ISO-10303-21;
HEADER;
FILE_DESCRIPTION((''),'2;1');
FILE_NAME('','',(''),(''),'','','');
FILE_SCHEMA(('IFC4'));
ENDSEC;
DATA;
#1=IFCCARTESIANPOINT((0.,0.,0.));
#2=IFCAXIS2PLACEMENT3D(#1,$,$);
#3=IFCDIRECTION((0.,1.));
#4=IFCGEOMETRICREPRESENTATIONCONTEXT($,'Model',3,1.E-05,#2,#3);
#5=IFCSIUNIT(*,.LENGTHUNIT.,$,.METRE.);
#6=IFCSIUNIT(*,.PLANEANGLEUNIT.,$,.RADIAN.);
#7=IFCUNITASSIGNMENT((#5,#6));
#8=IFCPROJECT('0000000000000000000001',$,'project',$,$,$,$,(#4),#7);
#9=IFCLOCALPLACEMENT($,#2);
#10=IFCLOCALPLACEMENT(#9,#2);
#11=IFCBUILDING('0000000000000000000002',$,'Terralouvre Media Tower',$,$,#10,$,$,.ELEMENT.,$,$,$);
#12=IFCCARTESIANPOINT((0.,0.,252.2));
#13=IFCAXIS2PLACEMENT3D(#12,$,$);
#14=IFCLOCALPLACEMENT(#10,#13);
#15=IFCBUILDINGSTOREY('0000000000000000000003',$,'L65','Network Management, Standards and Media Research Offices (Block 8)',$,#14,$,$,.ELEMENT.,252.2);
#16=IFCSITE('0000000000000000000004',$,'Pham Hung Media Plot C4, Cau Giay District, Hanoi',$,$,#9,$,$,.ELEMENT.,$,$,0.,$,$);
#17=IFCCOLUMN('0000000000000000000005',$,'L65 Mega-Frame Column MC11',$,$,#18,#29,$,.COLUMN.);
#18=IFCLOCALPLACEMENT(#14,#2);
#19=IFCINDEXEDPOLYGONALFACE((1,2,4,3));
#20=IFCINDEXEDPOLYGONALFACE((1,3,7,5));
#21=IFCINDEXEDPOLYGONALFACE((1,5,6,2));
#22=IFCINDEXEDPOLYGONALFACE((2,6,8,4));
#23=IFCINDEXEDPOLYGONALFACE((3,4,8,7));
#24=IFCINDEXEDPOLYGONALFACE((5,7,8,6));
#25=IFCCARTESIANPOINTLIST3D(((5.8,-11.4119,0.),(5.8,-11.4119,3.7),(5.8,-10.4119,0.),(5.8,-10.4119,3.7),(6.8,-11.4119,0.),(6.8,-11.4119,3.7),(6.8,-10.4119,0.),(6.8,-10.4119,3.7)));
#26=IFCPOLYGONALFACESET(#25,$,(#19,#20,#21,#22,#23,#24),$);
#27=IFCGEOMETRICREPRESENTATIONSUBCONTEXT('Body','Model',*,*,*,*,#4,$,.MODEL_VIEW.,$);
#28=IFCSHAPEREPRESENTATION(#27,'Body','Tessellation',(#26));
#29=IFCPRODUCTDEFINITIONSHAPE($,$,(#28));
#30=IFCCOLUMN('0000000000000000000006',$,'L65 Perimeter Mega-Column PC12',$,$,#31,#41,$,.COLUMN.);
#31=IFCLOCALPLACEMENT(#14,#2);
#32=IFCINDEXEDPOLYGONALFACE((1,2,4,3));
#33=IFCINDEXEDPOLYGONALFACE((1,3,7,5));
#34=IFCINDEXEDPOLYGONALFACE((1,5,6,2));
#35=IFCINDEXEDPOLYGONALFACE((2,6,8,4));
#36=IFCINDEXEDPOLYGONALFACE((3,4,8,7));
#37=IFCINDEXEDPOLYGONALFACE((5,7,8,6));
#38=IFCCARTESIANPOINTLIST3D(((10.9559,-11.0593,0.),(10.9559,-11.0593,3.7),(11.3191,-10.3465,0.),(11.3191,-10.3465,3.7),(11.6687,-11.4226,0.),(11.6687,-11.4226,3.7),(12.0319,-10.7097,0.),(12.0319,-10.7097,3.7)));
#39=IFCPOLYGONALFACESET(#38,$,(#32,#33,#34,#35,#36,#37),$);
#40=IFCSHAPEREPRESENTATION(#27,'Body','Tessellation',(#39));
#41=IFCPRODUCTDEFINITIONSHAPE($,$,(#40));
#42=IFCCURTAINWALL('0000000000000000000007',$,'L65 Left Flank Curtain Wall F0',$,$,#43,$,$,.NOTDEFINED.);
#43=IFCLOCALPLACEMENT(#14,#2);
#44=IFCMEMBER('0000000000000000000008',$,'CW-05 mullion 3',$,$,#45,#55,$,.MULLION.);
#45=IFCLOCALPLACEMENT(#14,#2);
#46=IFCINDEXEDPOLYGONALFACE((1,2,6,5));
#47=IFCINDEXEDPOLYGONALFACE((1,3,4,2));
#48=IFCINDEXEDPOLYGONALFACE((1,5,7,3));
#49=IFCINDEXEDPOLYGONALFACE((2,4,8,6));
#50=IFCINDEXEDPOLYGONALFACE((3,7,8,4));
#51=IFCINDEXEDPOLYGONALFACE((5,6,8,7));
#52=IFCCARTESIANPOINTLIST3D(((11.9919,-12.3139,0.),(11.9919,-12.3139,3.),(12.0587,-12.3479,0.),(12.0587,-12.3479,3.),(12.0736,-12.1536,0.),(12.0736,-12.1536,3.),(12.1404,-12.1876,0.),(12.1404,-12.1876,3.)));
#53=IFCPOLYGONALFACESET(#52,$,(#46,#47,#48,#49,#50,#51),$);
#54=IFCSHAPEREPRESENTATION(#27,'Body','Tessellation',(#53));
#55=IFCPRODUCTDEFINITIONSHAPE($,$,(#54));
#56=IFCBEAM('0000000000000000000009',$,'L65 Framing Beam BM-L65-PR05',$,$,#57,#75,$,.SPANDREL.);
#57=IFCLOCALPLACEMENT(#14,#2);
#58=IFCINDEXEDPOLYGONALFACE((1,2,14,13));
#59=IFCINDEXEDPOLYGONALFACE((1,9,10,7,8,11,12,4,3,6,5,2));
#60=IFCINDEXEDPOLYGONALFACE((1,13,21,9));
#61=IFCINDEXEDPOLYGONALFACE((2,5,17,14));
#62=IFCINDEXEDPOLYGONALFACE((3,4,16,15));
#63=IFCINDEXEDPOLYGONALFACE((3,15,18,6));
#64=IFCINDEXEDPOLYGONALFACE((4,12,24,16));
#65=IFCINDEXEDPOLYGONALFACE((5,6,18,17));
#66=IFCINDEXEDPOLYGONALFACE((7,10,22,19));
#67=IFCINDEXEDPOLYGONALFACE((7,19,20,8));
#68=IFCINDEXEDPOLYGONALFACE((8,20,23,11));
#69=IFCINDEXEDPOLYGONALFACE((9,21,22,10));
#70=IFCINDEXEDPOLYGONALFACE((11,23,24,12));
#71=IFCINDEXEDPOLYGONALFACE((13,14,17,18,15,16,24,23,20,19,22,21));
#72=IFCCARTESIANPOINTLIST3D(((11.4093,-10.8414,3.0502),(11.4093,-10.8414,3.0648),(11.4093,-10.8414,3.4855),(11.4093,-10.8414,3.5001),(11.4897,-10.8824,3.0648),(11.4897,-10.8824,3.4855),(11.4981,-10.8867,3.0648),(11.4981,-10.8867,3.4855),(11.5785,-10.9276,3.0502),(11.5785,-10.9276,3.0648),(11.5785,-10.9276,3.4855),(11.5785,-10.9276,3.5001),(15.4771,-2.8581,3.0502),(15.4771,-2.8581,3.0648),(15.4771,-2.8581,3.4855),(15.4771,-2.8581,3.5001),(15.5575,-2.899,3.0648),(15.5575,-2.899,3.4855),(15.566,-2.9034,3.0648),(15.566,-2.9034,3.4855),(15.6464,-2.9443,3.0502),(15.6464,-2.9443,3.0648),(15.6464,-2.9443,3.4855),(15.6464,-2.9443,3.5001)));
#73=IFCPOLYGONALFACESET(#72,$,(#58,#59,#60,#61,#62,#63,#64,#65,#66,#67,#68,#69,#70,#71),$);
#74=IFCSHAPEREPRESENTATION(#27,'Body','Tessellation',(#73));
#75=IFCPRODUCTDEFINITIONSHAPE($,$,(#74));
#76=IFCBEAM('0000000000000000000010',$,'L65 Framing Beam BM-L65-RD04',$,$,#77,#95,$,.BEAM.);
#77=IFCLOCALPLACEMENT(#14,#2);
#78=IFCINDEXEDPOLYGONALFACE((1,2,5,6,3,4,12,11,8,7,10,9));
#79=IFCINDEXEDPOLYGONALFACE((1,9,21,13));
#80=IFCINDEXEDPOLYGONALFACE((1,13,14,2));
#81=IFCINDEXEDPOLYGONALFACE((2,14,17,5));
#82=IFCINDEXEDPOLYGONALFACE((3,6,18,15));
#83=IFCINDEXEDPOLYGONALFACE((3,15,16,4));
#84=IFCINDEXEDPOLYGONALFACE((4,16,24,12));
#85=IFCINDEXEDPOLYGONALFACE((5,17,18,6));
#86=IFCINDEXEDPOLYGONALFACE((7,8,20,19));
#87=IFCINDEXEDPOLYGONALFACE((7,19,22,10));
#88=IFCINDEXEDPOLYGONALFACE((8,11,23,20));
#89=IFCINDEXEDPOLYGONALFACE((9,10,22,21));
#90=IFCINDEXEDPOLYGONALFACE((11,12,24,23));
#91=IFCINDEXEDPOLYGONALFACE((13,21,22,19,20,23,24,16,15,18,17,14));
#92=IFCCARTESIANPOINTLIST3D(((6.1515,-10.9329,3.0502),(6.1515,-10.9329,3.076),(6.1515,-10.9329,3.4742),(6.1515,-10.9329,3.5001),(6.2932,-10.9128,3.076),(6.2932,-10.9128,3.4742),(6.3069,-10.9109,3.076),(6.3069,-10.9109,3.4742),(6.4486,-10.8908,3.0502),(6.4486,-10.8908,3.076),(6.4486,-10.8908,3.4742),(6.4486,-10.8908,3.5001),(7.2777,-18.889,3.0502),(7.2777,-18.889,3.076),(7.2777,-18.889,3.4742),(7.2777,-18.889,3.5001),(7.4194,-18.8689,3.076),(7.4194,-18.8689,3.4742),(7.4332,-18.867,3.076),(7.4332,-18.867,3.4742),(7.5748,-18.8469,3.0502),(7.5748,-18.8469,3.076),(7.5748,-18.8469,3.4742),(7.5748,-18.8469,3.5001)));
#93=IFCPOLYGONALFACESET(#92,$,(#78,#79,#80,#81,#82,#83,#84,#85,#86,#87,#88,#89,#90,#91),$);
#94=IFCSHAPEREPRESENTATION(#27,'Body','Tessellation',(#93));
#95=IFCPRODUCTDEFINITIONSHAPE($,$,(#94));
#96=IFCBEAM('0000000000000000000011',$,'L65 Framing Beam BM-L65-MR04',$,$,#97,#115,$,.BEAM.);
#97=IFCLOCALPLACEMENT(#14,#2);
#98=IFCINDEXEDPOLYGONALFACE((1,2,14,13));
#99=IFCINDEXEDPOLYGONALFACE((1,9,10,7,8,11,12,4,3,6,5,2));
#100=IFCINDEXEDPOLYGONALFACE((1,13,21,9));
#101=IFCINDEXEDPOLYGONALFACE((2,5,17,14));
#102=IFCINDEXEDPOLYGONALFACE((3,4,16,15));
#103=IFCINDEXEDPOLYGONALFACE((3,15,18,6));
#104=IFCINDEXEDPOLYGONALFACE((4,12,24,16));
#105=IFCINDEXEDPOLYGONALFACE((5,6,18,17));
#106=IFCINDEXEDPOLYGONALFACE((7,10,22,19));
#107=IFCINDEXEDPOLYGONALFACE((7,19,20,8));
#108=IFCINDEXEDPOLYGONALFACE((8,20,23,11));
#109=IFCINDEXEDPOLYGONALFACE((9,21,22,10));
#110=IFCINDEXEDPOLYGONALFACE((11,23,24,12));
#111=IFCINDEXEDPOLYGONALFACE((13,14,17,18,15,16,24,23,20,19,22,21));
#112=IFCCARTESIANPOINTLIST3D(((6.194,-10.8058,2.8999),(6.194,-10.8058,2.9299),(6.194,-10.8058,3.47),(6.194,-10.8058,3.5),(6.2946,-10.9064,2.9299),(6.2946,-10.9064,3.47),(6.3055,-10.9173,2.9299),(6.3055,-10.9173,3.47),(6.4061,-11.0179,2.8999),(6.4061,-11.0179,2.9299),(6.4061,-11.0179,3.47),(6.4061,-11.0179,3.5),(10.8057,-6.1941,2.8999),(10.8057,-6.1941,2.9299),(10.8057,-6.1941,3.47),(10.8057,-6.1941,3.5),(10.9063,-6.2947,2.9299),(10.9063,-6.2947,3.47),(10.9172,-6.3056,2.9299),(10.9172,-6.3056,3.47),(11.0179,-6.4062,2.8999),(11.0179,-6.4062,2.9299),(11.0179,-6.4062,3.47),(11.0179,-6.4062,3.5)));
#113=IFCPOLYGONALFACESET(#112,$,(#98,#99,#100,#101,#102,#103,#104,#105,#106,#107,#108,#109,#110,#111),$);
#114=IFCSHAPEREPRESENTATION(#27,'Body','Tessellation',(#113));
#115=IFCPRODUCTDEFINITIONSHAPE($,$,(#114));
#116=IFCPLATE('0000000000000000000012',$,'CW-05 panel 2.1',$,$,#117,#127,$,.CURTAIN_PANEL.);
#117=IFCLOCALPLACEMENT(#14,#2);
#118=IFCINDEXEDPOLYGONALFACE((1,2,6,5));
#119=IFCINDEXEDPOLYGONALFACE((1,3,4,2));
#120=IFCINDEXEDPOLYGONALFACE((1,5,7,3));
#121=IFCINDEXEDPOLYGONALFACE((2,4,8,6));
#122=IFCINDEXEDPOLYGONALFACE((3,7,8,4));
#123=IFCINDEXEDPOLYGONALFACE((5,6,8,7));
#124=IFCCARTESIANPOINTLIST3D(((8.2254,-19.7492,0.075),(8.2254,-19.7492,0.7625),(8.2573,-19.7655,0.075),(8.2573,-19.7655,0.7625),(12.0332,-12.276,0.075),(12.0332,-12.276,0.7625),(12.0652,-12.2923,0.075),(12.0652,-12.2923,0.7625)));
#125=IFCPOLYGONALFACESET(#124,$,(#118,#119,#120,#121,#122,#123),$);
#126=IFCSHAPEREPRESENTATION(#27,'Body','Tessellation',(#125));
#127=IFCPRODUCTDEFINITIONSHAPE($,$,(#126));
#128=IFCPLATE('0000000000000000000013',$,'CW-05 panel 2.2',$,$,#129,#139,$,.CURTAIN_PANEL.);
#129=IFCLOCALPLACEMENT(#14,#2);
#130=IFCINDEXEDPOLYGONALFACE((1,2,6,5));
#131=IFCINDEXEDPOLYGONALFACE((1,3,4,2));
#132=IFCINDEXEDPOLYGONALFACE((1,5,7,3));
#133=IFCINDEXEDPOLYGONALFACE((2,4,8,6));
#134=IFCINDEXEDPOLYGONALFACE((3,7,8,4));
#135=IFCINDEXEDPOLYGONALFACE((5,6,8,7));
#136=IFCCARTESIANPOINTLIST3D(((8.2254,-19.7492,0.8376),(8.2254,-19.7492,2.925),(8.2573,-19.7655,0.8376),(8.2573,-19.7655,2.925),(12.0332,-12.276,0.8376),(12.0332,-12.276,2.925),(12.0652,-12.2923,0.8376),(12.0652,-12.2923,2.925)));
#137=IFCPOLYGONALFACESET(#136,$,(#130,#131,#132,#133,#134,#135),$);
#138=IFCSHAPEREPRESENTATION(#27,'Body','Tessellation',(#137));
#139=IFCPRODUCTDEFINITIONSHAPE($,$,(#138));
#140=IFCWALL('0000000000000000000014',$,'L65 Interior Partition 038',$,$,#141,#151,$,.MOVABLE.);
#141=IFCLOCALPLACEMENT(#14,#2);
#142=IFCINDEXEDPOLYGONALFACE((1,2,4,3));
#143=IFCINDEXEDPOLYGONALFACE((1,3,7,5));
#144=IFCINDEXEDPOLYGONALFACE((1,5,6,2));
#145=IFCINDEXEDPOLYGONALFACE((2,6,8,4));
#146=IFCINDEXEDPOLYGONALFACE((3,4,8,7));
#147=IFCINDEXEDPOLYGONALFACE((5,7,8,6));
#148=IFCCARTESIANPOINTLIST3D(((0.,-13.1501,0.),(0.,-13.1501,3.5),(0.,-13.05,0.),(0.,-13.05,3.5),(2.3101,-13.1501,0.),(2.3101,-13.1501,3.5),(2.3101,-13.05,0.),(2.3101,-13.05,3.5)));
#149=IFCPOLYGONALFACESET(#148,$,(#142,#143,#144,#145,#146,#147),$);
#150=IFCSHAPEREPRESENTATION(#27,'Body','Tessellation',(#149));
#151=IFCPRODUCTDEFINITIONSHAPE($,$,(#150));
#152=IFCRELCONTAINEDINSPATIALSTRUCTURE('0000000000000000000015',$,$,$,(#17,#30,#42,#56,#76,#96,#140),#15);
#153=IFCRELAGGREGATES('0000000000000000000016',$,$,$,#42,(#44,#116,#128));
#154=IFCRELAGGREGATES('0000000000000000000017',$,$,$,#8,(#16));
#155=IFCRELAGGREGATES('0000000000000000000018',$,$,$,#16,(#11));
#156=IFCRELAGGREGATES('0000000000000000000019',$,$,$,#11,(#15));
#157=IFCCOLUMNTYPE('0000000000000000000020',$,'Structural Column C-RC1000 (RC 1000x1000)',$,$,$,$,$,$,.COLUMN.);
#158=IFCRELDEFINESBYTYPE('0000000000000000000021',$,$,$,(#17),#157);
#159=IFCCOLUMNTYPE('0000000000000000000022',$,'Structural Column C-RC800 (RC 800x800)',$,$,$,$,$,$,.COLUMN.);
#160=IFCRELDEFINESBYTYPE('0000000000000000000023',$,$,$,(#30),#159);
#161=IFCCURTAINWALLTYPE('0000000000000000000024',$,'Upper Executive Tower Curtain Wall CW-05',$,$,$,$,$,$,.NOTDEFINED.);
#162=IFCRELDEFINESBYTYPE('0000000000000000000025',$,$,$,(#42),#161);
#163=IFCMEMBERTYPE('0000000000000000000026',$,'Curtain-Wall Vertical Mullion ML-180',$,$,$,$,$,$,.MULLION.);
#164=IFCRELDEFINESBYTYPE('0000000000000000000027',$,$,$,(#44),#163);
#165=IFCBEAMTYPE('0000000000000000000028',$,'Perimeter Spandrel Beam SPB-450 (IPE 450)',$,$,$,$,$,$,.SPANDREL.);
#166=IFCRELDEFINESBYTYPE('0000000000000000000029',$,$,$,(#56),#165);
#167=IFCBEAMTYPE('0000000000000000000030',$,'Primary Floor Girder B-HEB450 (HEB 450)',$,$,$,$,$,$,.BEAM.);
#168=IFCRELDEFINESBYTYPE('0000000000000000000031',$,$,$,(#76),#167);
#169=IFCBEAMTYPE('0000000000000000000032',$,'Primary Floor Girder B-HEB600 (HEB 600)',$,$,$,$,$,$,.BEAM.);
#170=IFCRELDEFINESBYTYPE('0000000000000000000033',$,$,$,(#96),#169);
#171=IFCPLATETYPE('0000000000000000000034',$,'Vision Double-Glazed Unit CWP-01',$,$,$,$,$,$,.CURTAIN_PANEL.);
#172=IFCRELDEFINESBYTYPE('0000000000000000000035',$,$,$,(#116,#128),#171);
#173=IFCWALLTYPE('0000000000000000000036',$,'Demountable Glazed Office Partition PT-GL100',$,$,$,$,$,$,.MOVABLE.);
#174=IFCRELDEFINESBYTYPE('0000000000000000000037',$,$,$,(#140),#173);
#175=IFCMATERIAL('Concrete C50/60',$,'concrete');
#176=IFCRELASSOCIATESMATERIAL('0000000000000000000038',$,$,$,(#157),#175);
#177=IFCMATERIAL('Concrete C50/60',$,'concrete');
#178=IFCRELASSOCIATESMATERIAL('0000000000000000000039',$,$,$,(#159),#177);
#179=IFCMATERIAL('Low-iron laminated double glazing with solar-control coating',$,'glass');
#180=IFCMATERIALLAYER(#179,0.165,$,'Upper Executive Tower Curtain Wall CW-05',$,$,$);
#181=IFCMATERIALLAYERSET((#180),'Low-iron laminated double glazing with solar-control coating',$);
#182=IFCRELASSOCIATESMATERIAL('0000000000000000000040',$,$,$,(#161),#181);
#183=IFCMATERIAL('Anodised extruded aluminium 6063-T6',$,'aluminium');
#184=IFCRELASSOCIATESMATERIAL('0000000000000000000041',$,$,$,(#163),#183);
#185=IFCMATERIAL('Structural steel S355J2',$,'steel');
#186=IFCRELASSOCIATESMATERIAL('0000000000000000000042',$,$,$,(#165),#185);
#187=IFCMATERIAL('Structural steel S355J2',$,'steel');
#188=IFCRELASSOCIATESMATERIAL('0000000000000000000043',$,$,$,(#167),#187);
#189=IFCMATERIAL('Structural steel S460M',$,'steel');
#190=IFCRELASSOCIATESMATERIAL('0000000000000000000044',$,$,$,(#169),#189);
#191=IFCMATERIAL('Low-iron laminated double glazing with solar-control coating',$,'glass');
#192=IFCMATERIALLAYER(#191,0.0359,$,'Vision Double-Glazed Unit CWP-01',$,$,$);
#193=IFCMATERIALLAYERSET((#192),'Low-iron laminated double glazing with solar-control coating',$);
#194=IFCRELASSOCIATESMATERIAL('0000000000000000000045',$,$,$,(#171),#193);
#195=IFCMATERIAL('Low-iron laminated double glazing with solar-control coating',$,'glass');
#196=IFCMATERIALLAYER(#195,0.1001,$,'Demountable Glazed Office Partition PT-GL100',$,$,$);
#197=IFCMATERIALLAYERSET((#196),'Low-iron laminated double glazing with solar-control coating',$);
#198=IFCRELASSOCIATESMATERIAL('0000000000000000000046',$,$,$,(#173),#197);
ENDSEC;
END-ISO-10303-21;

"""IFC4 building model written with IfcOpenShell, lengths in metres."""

from ifc_helpers import new_model, si_unit, direction, frame, frame_2d, origin, origin_2d, place, context, subcontext, project, spatial, rectangle, i_section, extrude, material, layer, layer_set, material_profile, profile_set, type_object, element, aggregate, save


model = new_model("IFC4")

# Units and contexts
model_context = context("Model", 3, precision=1e-05, world=origin(), true_north=direction((0.0, 1.0)))
body_context = subcontext(model_context, "Body", "Model", "MODEL_VIEW")
ifc_project = project(units=[si_unit("LENGTHUNIT", "METRE"), si_unit("PLANEANGLEUNIT", "RADIAN")], contexts=[model_context])

# Site, building, storey
site_placement = place(None, origin())
site = spatial("IfcSite", under=ifc_project, at=site_placement, Name="Pham Hung Media Plot C4, Cau Giay District, Hanoi", CompositionType="ELEMENT", RefElevation=0.0)
building_placement = place(site_placement, origin())
building = spatial("IfcBuilding", under=site, at=building_placement, Name="Terralouvre Media Tower", CompositionType="ELEMENT")
storey_placement = place(building_placement, frame((0.0, 0.0, 252.2)))
storey = spatial("IfcBuildingStorey", under=building, at=storey_placement, Name="L65", Description="Network Management, Standards and Media Research Offices (Block 8)", CompositionType="ELEMENT", Elevation=252.2)

# Columns
ifc_material_1 = material(Name="Concrete C50/60", Category="concrete")
ifc_material_profile_1 = material_profile(ifc_material_1, rectangle(XDim=1.0, YDim=1.0, at=origin_2d()), Name="RC 1000x1000")
ifc_profile_set_1 = profile_set([ifc_material_profile_1], Name="Concrete C50/60")
column_type_1 = type_object("IfcColumnType", Name="Structural Column C-RC1000 (RC 1000x1000)", PredefinedType="COLUMN", material=ifc_profile_set_1)
column_1_placement = place(storey_placement, frame((6.3, -10.9119, 0.0), z_axis=(0.0, 0.0, 1.0), x_axis=(1.0, 0.0, 0.0)))
element("IfcColumn", 1, at=column_1_placement, inside=storey, type_object=column_type_1, Name="L65 Mega-Frame Column MC11", PredefinedType="COLUMN", context=body_context, shape_type="SweptSolid", body=[
    extrude(rectangle(XDim=1.0, YDim=1.0, at=origin_2d()), origin(), (0.0, 0.0, 1.0), 3.7),
])
ifc_material_2 = material(Name="Concrete C50/60", Category="concrete")
ifc_material_profile_2 = material_profile(ifc_material_2, rectangle(XDim=0.8, YDim=0.8, at=origin_2d()), Name="RC 800x800")
ifc_profile_set_2 = profile_set([ifc_material_profile_2], Name="Concrete C50/60")
column_type_2 = type_object("IfcColumnType", Name="Structural Column C-RC800 (RC 800x800)", PredefinedType="COLUMN", material=ifc_profile_set_2)
column_2_placement = place(storey_placement, frame((11.4939, -10.8845, 0.0), z_axis=(0.0, 0.0, 1.0), x_axis=(0.45399, 0.891007, 0.0)))
element("IfcColumn", 2, at=column_2_placement, inside=storey, type_object=column_type_2, Name="L65 Perimeter Mega-Column PC12", PredefinedType="COLUMN", context=body_context, shape_type="SweptSolid", body=[
    extrude(rectangle(XDim=0.8, YDim=0.8, at=origin_2d()), origin(), (0.0, 0.0, 1.0), 3.7),
])

# Curtain wall, member
ifc_material_3 = material(Name="Low-iron laminated double glazing with solar-control coating", Category="glass")
ifc_layer_1 = layer(ifc_material_3, 0.165, Name="Upper Executive Tower Curtain Wall CW-05")
ifc_layer_set_1 = layer_set([ifc_layer_1], Name="Low-iron laminated double glazing with solar-control coating")
curtain_wall_type = type_object("IfcCurtainWallType", Name="Upper Executive Tower Curtain Wall CW-05", PredefinedType="NOTDEFINED", material=ifc_layer_set_1)
curtain_wall_placement = place(storey_placement, origin())
curtain_wall = element("IfcCurtainWall", 3, at=curtain_wall_placement, inside=storey, type_object=curtain_wall_type, Name="L65 Left Flank Curtain Wall F0", PredefinedType="NOTDEFINED")
ifc_material_4 = material(Name="Anodised extruded aluminium 6063-T6", Category="aluminium")
ifc_material_profile_3 = material_profile(ifc_material_4, rectangle(XDim=0.075, YDim=0.1799, at=origin_2d()), Name="ALU 75x180")
ifc_profile_set_3 = profile_set([ifc_material_profile_3], Name="Anodised extruded aluminium 6063-T6")
member_type = type_object("IfcMemberType", Name="Curtain-Wall Vertical Mullion ML-180", PredefinedType="MULLION", material=ifc_profile_set_3)
member_placement = place(storey_placement, frame((12.0662, -12.2507, 0.0), z_axis=(0.0, 0.0, 1.0), x_axis=(-0.891007, 0.45399, 0.0)))
member = element("IfcMember", 4, at=member_placement, type_object=member_type, Name="CW-05 mullion 3", PredefinedType="MULLION", context=body_context, shape_type="SweptSolid", body=[
    extrude(rectangle(XDim=0.075, YDim=0.1799, at=origin_2d()), origin(), (0.0, 0.0, 1.0), 3.0),
])

# Beams
ifc_material_5 = material(Name="Structural steel S355J2", Category="steel")
ifc_material_profile_4 = material_profile(ifc_material_5, i_section(OverallWidth=0.1899, OverallDepth=0.45, WebThickness=0.0095, FlangeThickness=0.0146, at=origin_2d()), Name="IPE 450")
ifc_profile_set_4 = profile_set([ifc_material_profile_4], Name="Structural steel S355J2")
beam_type_1 = type_object("IfcBeamType", Name="Perimeter Spandrel Beam SPB-450 (IPE 450)", PredefinedType="SPANDREL", material=ifc_profile_set_4)
beam_1_placement = place(storey_placement, frame((11.4939, -10.8845, 3.2751), z_axis=(0.454002, 0.891001, 0.0), x_axis=(-0.891001, 0.454002, 0.0)))
element("IfcBeam", 5, at=beam_1_placement, inside=storey, type_object=beam_type_1, Name="L65 Framing Beam BM-L65-PR05", PredefinedType="SPANDREL", context=body_context, shape_type="SweptSolid", body=[
    extrude(i_section(OverallWidth=0.1899, OverallDepth=0.45, WebThickness=0.0095, FlangeThickness=0.0146, at=origin_2d()), origin(), (0.0, 0.0, 1.0), 8.96),
])
ifc_material_6 = material(Name="Structural steel S355J2", Category="steel")
ifc_material_profile_5 = material_profile(ifc_material_6, i_section(OverallWidth=0.3, OverallDepth=0.45, WebThickness=0.0139, FlangeThickness=0.0259, at=origin_2d()), Name="HEB 450")
ifc_profile_set_5 = profile_set([ifc_material_profile_5], Name="Structural steel S355J2")
beam_type_2 = type_object("IfcBeamType", Name="Primary Floor Girder B-HEB450 (HEB 450)", PredefinedType="BEAM", material=ifc_profile_set_5)
beam_2_placement = place(storey_placement, frame((6.3, -10.9119, 3.2751), z_axis=(0.140158, -0.990129, 0.0), x_axis=(0.990129, 0.140158, 0.0)))
element("IfcBeam", 6, at=beam_2_placement, inside=storey, type_object=beam_type_2, Name="L65 Framing Beam BM-L65-RD04", PredefinedType="BEAM", context=body_context, shape_type="SweptSolid", body=[
    extrude(i_section(OverallWidth=0.3, OverallDepth=0.45, WebThickness=0.0139, FlangeThickness=0.0259, at=origin_2d()), origin(), (0.0, 0.0, 1.0), 8.0354),
])
ifc_material_7 = material(Name="Structural steel S460M", Category="steel")
ifc_material_profile_6 = material_profile(ifc_material_7, i_section(OverallWidth=0.3, OverallDepth=0.6001, WebThickness=0.0154, FlangeThickness=0.03, at=origin_2d()), Name="HEB 600")
ifc_profile_set_6 = profile_set([ifc_material_profile_6], Name="Structural steel S460M")
beam_type_3 = type_object("IfcBeamType", Name="Primary Floor Girder B-HEB600 (HEB 600)", PredefinedType="BEAM", material=ifc_profile_set_6)
beam_3_placement = place(storey_placement, frame((6.3, -10.9119, 3.2), z_axis=(0.707107, 0.707107, 0.0), x_axis=(-0.707107, 0.707107, 0.0)))
element("IfcBeam", 7, at=beam_3_placement, inside=storey, type_object=beam_type_3, Name="L65 Framing Beam BM-L65-MR04", PredefinedType="BEAM", context=body_context, shape_type="SweptSolid", body=[
    extrude(i_section(OverallWidth=0.3, OverallDepth=0.6001, WebThickness=0.0154, FlangeThickness=0.03, at=origin_2d()), origin(), (0.0, 0.0, 1.0), 6.522),
])

# Plates
ifc_material_8 = material(Name="Low-iron laminated double glazing with solar-control coating", Category="glass")
ifc_layer_2 = layer(ifc_material_8, 0.0359, Name="Vision Double-Glazed Unit CWP-01")
ifc_layer_set_2 = layer_set([ifc_layer_2], Name="Low-iron laminated double glazing with solar-control coating")
plate_type = type_object("IfcPlateType", Name="Vision Double-Glazed Unit CWP-01", PredefinedType="CURTAIN_PANEL", material=ifc_layer_set_2)
plate_1_placement = place(storey_placement, frame((10.1453, -16.0208, 0.075), z_axis=(0.0, 0.0, 1.0), x_axis=(0.45399, 0.891007, 0.0)))
plate_1 = element("IfcPlate", 8, at=plate_1_placement, type_object=plate_type, Name="CW-05 panel 2.1", PredefinedType="CURTAIN_PANEL", context=body_context, shape_type="SweptSolid", body=[
    extrude(rectangle(XDim=8.3875, YDim=0.0359, at=origin_2d()), origin(), (0.0, 0.0, 1.0), 0.6875),
])
plate_2_placement = place(storey_placement, frame((10.1453, -16.0208, 0.8376), z_axis=(0.0, 0.0, 1.0), x_axis=(0.45399, 0.891007, 0.0)))
plate_2 = element("IfcPlate", 9, at=plate_2_placement, type_object=plate_type, Name="CW-05 panel 2.2", PredefinedType="CURTAIN_PANEL", context=body_context, shape_type="SweptSolid", body=[
    extrude(rectangle(XDim=8.3875, YDim=0.0359, at=origin_2d()), origin(), (0.0, 0.0, 1.0), 2.0874),
])
aggregate(curtain_wall, [member, plate_1, plate_2])

# Wall
ifc_material_9 = material(Name="Low-iron laminated double glazing with solar-control coating", Category="glass")
ifc_layer_3 = layer(ifc_material_9, 0.1001, Name="Demountable Glazed Office Partition PT-GL100")
ifc_layer_set_3 = layer_set([ifc_layer_3], Name="Low-iron laminated double glazing with solar-control coating")
wall_type_1 = type_object("IfcWallType", Name="Demountable Glazed Office Partition PT-GL100", PredefinedType="MOVABLE", material=ifc_layer_set_3)
wall_1_placement = place(storey_placement, frame((2.3101, -13.1001, 0.0), z_axis=(0.0, 0.0, 1.0), x_axis=(-1.0, 0.0, 0.0)))
element("IfcWall", 10, at=wall_1_placement, inside=storey, type_object=wall_type_1, Name="L65 Interior Partition 038", PredefinedType="MOVABLE", context=body_context, shape_type="SweptSolid", body=[
    extrude(rectangle(XDim=2.3101, YDim=0.1001, at=frame_2d((1.155, 0.0))), origin(), (0.0, 0.0, 1.0), 3.5),
])

save(model, "model.ifc")
